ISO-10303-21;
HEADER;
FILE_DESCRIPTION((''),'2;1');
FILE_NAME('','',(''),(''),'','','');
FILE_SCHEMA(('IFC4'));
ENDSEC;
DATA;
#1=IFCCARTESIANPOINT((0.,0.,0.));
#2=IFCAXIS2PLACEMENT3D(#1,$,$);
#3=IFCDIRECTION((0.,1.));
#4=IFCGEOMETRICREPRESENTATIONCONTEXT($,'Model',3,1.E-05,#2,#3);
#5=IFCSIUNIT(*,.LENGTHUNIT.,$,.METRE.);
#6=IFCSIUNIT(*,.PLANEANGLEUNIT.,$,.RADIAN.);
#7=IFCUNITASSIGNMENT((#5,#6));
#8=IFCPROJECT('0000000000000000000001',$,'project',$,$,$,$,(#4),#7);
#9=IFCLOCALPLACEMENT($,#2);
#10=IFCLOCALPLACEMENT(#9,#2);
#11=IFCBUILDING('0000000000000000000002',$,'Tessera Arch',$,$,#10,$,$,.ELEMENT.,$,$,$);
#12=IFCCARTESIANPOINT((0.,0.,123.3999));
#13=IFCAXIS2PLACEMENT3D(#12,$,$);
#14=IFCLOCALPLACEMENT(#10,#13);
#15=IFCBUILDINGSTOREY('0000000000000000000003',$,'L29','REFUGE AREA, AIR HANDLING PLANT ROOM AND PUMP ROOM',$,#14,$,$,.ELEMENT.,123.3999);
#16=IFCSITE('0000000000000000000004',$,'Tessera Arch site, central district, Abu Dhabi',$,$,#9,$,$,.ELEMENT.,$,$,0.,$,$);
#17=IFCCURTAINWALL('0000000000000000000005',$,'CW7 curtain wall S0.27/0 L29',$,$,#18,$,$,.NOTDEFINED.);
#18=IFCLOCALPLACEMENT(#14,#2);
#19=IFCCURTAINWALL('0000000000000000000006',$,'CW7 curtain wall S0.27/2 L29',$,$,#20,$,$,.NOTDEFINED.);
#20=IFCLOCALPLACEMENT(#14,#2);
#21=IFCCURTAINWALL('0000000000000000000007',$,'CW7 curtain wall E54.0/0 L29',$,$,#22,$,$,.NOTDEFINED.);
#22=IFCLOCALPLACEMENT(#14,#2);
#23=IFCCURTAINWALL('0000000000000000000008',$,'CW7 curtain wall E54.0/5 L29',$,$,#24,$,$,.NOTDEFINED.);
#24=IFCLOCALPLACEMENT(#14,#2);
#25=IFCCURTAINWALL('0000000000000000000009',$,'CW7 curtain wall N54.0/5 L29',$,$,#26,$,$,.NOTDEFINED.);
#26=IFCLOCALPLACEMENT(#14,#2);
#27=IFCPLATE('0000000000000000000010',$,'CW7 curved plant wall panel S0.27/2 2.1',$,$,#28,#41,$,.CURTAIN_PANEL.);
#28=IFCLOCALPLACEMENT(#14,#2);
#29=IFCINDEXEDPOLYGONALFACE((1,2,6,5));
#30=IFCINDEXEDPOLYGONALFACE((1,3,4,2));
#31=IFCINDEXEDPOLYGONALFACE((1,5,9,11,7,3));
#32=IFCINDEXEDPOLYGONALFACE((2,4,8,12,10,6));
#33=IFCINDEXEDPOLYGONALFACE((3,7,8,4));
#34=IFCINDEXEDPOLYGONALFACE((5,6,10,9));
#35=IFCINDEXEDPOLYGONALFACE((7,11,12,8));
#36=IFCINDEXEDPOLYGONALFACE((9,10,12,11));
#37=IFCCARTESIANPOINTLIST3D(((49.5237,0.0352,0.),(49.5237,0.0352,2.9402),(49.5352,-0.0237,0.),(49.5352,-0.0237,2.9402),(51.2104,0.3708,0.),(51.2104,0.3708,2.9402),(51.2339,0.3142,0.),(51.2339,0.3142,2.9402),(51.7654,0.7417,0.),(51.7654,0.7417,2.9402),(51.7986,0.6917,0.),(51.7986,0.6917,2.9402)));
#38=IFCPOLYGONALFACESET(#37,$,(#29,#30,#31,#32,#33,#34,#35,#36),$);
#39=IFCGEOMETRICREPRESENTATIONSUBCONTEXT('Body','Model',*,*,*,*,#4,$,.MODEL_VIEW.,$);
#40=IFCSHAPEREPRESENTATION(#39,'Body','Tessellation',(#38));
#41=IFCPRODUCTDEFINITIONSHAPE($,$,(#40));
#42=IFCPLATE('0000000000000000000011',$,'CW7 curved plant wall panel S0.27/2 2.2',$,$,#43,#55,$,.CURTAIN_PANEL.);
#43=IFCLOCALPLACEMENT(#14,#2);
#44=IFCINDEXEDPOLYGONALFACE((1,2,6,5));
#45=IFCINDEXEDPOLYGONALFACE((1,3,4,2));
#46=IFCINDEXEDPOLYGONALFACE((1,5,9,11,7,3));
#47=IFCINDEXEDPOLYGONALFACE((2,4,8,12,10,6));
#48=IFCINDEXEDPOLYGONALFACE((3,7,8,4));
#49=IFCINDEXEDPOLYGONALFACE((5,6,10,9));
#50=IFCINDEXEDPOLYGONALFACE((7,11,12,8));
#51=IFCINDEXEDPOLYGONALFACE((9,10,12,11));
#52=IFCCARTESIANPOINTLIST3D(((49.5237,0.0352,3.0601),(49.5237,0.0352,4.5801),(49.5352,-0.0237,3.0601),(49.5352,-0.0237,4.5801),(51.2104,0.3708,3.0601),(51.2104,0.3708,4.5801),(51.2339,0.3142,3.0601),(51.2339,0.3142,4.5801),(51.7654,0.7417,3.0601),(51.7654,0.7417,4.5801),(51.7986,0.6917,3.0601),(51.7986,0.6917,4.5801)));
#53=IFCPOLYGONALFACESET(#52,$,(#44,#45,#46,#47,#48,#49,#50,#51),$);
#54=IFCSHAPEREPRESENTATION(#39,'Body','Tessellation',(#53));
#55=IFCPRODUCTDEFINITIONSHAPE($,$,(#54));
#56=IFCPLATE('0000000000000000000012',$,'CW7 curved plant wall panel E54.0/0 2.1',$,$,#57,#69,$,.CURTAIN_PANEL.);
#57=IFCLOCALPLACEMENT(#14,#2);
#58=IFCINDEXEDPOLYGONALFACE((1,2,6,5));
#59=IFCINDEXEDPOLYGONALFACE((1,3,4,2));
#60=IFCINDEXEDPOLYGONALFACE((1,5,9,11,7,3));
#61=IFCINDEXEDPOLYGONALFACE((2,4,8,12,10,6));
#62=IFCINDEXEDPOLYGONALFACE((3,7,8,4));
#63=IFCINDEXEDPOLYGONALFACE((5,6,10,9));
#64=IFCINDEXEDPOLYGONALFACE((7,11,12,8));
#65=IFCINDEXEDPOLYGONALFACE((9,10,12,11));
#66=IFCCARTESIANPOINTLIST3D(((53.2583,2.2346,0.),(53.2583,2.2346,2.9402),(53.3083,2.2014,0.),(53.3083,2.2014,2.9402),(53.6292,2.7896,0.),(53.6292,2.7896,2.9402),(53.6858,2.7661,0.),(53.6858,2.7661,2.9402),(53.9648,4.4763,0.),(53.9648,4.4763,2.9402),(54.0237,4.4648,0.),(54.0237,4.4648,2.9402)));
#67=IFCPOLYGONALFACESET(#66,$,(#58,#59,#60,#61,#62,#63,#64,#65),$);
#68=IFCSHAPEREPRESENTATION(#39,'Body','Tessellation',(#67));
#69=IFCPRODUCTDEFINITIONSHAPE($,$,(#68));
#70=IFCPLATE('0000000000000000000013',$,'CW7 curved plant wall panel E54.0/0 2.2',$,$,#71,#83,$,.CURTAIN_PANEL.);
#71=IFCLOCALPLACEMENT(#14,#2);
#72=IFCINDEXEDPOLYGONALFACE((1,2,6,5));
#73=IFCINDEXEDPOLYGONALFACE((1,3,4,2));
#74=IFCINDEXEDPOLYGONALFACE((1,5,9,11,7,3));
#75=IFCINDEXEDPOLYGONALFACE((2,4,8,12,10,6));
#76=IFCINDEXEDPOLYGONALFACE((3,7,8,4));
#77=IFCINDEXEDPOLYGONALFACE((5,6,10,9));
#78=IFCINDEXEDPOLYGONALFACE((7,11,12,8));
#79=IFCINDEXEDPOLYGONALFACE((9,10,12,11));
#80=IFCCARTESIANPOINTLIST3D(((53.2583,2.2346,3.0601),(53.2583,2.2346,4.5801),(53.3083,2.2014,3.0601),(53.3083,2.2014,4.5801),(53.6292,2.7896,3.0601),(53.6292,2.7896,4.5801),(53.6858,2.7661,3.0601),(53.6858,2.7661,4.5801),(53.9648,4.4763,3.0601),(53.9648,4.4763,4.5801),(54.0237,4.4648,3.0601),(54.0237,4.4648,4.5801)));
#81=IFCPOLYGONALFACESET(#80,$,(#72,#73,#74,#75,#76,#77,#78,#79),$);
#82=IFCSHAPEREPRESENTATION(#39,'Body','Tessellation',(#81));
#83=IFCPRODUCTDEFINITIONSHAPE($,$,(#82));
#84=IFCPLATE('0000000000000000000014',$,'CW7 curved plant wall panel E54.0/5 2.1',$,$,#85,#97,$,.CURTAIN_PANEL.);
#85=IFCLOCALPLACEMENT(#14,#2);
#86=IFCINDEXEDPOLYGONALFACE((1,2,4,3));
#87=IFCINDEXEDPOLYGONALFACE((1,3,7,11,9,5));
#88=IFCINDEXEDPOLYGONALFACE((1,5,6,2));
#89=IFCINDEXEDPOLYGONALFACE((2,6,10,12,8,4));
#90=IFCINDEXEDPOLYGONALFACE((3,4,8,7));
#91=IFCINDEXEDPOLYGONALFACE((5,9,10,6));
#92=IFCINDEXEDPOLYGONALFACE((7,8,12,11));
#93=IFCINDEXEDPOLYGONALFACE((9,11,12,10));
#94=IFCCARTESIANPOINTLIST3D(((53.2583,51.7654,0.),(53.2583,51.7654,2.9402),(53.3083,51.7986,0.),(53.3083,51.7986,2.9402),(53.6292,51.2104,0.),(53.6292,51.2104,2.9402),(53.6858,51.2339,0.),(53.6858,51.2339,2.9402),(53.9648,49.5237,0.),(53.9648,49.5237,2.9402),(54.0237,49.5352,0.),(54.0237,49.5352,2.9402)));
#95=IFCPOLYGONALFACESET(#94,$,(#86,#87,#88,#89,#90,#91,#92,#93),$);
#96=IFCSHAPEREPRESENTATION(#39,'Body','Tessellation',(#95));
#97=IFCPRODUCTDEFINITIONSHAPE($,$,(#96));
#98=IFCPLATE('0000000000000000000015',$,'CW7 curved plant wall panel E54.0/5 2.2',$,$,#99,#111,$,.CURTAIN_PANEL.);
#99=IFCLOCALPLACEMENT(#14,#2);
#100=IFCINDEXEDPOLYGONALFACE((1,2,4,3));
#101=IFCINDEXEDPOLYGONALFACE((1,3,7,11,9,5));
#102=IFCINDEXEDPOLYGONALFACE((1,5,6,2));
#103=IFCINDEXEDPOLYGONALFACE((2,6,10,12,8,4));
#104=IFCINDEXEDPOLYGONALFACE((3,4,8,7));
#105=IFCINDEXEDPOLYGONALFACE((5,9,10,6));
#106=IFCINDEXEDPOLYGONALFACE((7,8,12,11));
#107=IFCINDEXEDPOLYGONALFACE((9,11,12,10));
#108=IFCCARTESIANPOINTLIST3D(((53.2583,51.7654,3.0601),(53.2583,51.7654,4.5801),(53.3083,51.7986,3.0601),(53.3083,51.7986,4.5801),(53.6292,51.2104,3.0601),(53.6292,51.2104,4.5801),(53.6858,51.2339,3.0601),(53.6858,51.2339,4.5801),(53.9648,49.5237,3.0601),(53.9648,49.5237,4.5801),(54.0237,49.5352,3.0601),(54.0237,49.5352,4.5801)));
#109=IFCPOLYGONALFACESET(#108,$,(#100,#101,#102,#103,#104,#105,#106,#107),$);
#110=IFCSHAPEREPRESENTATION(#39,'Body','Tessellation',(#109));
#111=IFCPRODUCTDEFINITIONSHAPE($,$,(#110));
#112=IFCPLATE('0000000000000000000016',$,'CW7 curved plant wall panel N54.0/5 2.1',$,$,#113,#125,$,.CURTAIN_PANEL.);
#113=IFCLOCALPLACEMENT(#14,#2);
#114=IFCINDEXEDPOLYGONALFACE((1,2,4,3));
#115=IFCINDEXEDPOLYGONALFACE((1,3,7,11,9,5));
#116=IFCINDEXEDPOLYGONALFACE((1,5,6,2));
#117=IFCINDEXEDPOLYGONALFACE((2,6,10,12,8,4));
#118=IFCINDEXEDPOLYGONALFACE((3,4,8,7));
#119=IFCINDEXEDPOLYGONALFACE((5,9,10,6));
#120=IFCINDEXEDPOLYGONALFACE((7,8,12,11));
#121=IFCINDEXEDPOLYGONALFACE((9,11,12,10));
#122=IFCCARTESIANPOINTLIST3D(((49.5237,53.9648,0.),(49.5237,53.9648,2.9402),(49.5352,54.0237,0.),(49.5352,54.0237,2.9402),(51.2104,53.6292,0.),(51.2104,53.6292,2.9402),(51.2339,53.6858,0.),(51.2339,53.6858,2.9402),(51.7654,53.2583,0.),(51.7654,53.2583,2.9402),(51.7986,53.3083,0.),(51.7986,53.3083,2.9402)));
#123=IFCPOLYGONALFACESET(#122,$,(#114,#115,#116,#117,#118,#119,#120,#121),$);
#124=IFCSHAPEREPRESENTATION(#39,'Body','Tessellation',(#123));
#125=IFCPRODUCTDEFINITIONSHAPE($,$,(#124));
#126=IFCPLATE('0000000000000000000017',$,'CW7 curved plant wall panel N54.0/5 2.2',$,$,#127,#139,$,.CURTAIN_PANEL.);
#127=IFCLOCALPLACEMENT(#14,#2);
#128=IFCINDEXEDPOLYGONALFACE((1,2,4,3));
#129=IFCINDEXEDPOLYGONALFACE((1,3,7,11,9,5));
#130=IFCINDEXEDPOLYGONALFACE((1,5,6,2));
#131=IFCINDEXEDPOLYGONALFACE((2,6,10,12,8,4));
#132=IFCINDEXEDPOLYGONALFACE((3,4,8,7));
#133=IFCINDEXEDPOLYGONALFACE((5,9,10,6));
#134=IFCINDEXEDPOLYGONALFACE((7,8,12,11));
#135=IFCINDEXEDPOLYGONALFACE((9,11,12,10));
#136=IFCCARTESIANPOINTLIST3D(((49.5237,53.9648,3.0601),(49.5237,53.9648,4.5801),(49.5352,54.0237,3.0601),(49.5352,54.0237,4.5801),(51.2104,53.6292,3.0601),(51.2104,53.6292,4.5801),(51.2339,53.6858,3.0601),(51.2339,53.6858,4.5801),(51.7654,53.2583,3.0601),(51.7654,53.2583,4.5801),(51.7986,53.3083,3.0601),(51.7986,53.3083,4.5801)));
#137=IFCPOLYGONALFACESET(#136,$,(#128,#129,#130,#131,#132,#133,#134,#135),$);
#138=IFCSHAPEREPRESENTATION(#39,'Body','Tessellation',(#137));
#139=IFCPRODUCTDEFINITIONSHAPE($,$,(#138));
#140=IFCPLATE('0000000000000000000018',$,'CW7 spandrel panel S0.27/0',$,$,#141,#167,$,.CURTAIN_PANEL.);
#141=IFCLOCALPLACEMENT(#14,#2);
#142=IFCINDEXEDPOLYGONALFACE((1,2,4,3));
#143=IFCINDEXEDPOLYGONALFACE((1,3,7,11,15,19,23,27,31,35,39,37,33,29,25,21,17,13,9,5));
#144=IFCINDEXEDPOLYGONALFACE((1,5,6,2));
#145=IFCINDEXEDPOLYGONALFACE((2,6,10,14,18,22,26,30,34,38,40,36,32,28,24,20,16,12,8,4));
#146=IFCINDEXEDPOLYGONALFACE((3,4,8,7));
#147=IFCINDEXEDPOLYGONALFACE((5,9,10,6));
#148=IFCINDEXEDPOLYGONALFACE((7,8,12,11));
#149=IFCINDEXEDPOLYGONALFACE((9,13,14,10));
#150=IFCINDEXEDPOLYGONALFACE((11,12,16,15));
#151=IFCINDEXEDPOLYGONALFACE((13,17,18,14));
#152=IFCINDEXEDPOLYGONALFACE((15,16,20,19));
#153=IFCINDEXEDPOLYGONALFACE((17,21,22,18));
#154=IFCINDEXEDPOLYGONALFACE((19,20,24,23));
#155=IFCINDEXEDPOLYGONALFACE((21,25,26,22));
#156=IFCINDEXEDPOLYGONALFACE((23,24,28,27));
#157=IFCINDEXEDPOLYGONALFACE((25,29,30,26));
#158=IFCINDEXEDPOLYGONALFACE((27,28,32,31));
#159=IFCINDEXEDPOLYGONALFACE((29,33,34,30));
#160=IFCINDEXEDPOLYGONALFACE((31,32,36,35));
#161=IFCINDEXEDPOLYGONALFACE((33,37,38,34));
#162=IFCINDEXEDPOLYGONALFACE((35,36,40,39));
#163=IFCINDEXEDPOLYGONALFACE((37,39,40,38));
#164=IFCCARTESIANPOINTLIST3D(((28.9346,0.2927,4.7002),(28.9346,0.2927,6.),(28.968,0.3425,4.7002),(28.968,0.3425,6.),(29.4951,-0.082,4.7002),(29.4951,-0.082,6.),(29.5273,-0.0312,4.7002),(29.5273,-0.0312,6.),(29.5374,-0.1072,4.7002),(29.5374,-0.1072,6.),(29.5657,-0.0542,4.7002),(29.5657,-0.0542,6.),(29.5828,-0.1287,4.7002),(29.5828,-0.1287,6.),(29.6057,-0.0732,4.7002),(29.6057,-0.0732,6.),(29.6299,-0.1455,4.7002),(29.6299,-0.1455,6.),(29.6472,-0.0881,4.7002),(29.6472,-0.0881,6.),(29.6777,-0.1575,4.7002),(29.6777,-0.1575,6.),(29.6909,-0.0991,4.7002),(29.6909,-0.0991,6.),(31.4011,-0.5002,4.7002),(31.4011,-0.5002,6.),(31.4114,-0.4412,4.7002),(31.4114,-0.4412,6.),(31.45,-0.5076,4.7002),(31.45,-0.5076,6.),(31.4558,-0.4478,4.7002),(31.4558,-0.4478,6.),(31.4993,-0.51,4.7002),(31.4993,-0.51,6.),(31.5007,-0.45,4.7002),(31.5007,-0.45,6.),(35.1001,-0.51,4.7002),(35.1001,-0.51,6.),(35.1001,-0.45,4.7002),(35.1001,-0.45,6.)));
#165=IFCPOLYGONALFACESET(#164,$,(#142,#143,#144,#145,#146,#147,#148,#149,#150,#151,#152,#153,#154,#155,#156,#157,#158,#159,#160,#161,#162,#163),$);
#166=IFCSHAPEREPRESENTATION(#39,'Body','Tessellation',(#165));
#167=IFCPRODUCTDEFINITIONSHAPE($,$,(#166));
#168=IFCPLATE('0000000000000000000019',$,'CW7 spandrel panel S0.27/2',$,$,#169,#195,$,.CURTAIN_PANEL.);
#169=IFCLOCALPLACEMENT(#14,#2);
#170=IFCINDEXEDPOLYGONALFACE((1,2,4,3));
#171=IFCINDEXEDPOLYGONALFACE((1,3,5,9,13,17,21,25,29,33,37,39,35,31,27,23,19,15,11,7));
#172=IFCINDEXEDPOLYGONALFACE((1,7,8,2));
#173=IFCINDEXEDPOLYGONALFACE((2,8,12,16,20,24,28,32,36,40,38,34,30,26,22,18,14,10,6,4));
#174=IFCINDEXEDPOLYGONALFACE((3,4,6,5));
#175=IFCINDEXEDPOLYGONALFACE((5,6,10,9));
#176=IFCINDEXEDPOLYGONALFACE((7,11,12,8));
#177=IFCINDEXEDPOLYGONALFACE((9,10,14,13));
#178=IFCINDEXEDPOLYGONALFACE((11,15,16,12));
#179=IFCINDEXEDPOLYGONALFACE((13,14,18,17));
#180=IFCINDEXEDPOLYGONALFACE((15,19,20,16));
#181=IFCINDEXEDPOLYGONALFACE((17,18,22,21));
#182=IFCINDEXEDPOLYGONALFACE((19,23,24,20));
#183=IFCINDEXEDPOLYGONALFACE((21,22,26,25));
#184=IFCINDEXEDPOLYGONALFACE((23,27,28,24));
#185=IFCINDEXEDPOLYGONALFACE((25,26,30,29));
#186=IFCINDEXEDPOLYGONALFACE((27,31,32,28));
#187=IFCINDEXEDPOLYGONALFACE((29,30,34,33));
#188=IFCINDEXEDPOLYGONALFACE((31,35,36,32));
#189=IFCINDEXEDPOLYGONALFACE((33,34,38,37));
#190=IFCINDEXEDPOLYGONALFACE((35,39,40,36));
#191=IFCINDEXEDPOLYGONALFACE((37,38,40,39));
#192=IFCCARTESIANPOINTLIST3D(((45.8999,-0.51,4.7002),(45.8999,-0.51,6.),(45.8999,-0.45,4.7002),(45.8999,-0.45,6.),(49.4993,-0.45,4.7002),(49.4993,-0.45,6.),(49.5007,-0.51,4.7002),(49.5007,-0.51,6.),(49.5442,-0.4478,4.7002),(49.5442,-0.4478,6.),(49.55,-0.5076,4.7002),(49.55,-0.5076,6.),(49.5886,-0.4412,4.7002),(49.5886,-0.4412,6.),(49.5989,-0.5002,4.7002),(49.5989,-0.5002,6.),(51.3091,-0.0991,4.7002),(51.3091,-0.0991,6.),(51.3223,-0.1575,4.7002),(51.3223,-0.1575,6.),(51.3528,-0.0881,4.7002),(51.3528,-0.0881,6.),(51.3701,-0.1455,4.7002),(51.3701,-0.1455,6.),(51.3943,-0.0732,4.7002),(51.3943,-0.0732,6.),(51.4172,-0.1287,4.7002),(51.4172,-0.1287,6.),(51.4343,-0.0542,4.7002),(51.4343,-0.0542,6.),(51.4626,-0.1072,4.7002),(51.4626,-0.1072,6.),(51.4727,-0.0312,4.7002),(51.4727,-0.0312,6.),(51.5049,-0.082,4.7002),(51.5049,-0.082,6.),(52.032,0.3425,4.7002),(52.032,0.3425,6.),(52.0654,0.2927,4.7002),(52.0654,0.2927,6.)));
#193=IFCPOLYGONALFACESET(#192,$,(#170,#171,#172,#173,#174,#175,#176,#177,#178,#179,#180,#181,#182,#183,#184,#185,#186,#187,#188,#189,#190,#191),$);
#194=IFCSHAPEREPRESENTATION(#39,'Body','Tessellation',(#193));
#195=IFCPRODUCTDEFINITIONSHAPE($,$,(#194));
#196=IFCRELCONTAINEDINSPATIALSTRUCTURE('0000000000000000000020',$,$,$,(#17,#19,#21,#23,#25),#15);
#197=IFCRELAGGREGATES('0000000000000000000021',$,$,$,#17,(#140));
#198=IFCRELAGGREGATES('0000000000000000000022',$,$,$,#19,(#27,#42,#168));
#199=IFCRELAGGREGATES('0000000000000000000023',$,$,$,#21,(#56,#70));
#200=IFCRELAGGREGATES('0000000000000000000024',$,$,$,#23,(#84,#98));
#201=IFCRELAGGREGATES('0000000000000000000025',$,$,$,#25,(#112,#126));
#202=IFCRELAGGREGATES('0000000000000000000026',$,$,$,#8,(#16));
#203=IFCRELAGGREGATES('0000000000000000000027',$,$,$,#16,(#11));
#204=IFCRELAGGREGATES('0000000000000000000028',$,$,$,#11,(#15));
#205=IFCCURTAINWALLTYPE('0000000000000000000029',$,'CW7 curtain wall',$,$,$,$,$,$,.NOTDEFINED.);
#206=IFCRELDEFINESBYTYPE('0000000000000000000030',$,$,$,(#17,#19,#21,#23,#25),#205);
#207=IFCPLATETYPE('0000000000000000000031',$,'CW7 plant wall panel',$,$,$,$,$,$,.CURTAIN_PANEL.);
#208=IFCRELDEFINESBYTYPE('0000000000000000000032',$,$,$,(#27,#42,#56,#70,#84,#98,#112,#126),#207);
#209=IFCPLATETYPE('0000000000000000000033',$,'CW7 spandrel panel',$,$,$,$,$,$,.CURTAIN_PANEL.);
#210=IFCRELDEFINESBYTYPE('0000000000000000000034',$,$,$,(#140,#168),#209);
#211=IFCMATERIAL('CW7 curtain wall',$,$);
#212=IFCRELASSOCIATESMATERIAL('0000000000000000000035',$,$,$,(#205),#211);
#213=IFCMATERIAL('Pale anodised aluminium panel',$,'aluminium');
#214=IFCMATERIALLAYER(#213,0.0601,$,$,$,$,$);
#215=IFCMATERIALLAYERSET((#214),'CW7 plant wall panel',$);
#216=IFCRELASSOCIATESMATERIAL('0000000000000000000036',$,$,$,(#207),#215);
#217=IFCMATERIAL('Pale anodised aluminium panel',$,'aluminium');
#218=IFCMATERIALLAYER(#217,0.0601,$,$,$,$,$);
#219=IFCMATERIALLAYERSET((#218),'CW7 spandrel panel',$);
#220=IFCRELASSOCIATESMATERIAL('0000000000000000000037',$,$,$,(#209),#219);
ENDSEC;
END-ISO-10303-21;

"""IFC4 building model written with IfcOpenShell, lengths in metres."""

from ifc_helpers import new_model, si_unit, direction, frame, origin, place, context, subcontext, project, spatial, polyline, outline, extrude, material, layer, layer_set, type_object, element, aggregate, save


model = new_model("IFC4")

# Units and contexts
model_context = context("Model", 3, precision=1e-05, world=origin(), true_north=direction((0.0, 1.0)))
body_context = subcontext(model_context, "Body", "Model", "MODEL_VIEW")
ifc_project = project(units=[si_unit("LENGTHUNIT", "METRE"), si_unit("PLANEANGLEUNIT", "RADIAN")], contexts=[model_context])

# Site, building, storey
site_placement = place(None, origin())
site = spatial("IfcSite", under=ifc_project, at=site_placement, Name="Tessera Arch site, central district, Abu Dhabi", CompositionType="ELEMENT", RefElevation=0.0)
building_placement = place(site_placement, origin())
building = spatial("IfcBuilding", under=site, at=building_placement, Name="Tessera Arch", CompositionType="ELEMENT")
storey_placement = place(building_placement, frame((0.0, 0.0, 123.3999)))
storey = spatial("IfcBuildingStorey", under=building, at=storey_placement, Name="L29", Description="REFUGE AREA, AIR HANDLING PLANT ROOM AND PUMP ROOM", CompositionType="ELEMENT", Elevation=123.3999)

# Curtain wall
ifc_material_1 = material(Name="CW7 curtain wall")
curtain_wall_type = type_object("IfcCurtainWallType", Name="CW7 curtain wall", PredefinedType="NOTDEFINED", material=ifc_material_1)
curtain_wall_1_placement = place(storey_placement, origin())
curtain_wall_1 = element("IfcCurtainWall", 1, at=curtain_wall_1_placement, inside=storey, type_object=curtain_wall_type, Name="CW7 curtain wall S0.27/0 L29", PredefinedType="NOTDEFINED")

# Curtain walls
curtain_wall_2_placement = place(storey_placement, origin())
curtain_wall_2 = element("IfcCurtainWall", 2, at=curtain_wall_2_placement, inside=storey, type_object=curtain_wall_type, Name="CW7 curtain wall S0.27/2 L29", PredefinedType="NOTDEFINED")
curtain_wall_3_placement = place(storey_placement, origin())
curtain_wall_3 = element("IfcCurtainWall", 3, at=curtain_wall_3_placement, inside=storey, type_object=curtain_wall_type, Name="CW7 curtain wall E54.0/0 L29", PredefinedType="NOTDEFINED")
curtain_wall_4_placement = place(storey_placement, origin())
curtain_wall_4 = element("IfcCurtainWall", 4, at=curtain_wall_4_placement, inside=storey, type_object=curtain_wall_type, Name="CW7 curtain wall E54.0/5 L29", PredefinedType="NOTDEFINED")
curtain_wall_5_placement = place(storey_placement, origin())
curtain_wall_5 = element("IfcCurtainWall", 5, at=curtain_wall_5_placement, inside=storey, type_object=curtain_wall_type, Name="CW7 curtain wall N54.0/5 L29", PredefinedType="NOTDEFINED")

# Plates
ifc_material_2 = material(Name="Pale anodised aluminium panel", Category="aluminium")
ifc_layer_1 = layer(ifc_material_2, 0.0601)
ifc_layer_set_1 = layer_set([ifc_layer_1], Name="CW7 plant wall panel")
plate_type_1 = type_object("IfcPlateType", Name="CW7 plant wall panel", PredefinedType="CURTAIN_PANEL", material=ifc_layer_set_1)
plate_1_placement = place(storey_placement, origin())
plate_1 = element("IfcPlate", 6, at=plate_1_placement, type_object=plate_type_1, Name="CW7 curved plant wall panel S0.27/2 2.1", PredefinedType="CURTAIN_PANEL", context=body_context, shape_type="SweptSolid", body=[
    extrude(outline(polyline([(51.2104, 0.3708), (49.5237, 0.0352), (49.5352, -0.0237), (51.2339, 0.3142), (51.7986, 0.6917), (51.7654, 0.7417), (51.2104, 0.3708)])), origin(), (0.0, 0.0, 1.0), 2.9402),
])
plate_2_placement = place(storey_placement, frame((0.0, 0.0, 3.0601)))
plate_2 = element("IfcPlate", 7, at=plate_2_placement, type_object=plate_type_1, Name="CW7 curved plant wall panel S0.27/2 2.2", PredefinedType="CURTAIN_PANEL", context=body_context, shape_type="SweptSolid", body=[
    extrude(outline(polyline([(51.2104, 0.3708), (49.5237, 0.0352), (49.5352, -0.0237), (51.2339, 0.3142), (51.7986, 0.6917), (51.7654, 0.7417), (51.2104, 0.3708)])), origin(), (0.0, 0.0, 1.0), 1.52),
])
plate_3_placement = place(storey_placement, origin())
plate_3 = element("IfcPlate", 8, at=plate_3_placement, type_object=plate_type_1, Name="CW7 curved plant wall panel E54.0/0 2.1", PredefinedType="CURTAIN_PANEL", context=body_context, shape_type="SweptSolid", body=[
    extrude(outline(polyline([(53.6292, 2.7896), (53.2583, 2.2346), (53.3083, 2.2014), (53.6858, 2.7661), (54.0237, 4.4648), (53.9648, 4.4763), (53.6292, 2.7896)])), origin(), (0.0, 0.0, 1.0), 2.9402),
])
plate_4_placement = place(storey_placement, frame((0.0, 0.0, 3.0601)))
plate_4 = element("IfcPlate", 9, at=plate_4_placement, type_object=plate_type_1, Name="CW7 curved plant wall panel E54.0/0 2.2", PredefinedType="CURTAIN_PANEL", context=body_context, shape_type="SweptSolid", body=[
    extrude(outline(polyline([(53.6292, 2.7896), (53.2583, 2.2346), (53.3083, 2.2014), (53.6858, 2.7661), (54.0237, 4.4648), (53.9648, 4.4763), (53.6292, 2.7896)])), origin(), (0.0, 0.0, 1.0), 1.52),
])
plate_5_placement = place(storey_placement, origin())
plate_5 = element("IfcPlate", 10, at=plate_5_placement, type_object=plate_type_1, Name="CW7 curved plant wall panel E54.0/5 2.1", PredefinedType="CURTAIN_PANEL", context=body_context, shape_type="SweptSolid", body=[
    extrude(outline(polyline([(53.6292, 51.2104), (53.9648, 49.5237), (54.0237, 49.5352), (53.6858, 51.2339), (53.3083, 51.7986), (53.2583, 51.7654), (53.6292, 51.2104)])), origin(), (0.0, 0.0, 1.0), 2.9402),
])
plate_6_placement = place(storey_placement, frame((0.0, 0.0, 3.0601)))
plate_6 = element("IfcPlate", 11, at=plate_6_placement, type_object=plate_type_1, Name="CW7 curved plant wall panel E54.0/5 2.2", PredefinedType="CURTAIN_PANEL", context=body_context, shape_type="SweptSolid", body=[
    extrude(outline(polyline([(53.6292, 51.2104), (53.9648, 49.5237), (54.0237, 49.5352), (53.6858, 51.2339), (53.3083, 51.7986), (53.2583, 51.7654), (53.6292, 51.2104)])), origin(), (0.0, 0.0, 1.0), 1.52),
])
plate_7_placement = place(storey_placement, origin())
plate_7 = element("IfcPlate", 12, at=plate_7_placement, type_object=plate_type_1, Name="CW7 curved plant wall panel N54.0/5 2.1", PredefinedType="CURTAIN_PANEL", context=body_context, shape_type="SweptSolid", body=[
    extrude(outline(polyline([(51.2104, 53.6292), (51.7654, 53.2583), (51.7986, 53.3083), (51.2339, 53.6858), (49.5352, 54.0237), (49.5237, 53.9648), (51.2104, 53.6292)])), origin(), (0.0, 0.0, 1.0), 2.9402),
])
plate_8_placement = place(storey_placement, frame((0.0, 0.0, 3.0601)))
plate_8 = element("IfcPlate", 13, at=plate_8_placement, type_object=plate_type_1, Name="CW7 curved plant wall panel N54.0/5 2.2", PredefinedType="CURTAIN_PANEL", context=body_context, shape_type="SweptSolid", body=[
    extrude(outline(polyline([(51.2104, 53.6292), (51.7654, 53.2583), (51.7986, 53.3083), (51.2339, 53.6858), (49.5352, 54.0237), (49.5237, 53.9648), (51.2104, 53.6292)])), origin(), (0.0, 0.0, 1.0), 1.52),
])
ifc_material_3 = material(Name="Pale anodised aluminium panel", Category="aluminium")
ifc_layer_2 = layer(ifc_material_3, 0.0601)
ifc_layer_set_2 = layer_set([ifc_layer_2], Name="CW7 spandrel panel")
plate_type_2 = type_object("IfcPlateType", Name="CW7 spandrel panel", PredefinedType="CURTAIN_PANEL", material=ifc_layer_set_2)
plate_9_placement = place(storey_placement, frame((0.0, 0.0, 4.7002)))
plate_9 = element("IfcPlate", 14, at=plate_9_placement, type_object=plate_type_2, Name="CW7 spandrel panel S0.27/0", PredefinedType="CURTAIN_PANEL", context=body_context, shape_type="SweptSolid", body=[
    extrude(outline(polyline([(29.5273, -0.0312), (28.968, 0.3425), (28.9346, 0.2927), (29.4951, -0.082), (29.5374, -0.1072), (29.5828, -0.1287), (29.6299, -0.1455), (29.6777, -0.1575), (31.4011, -0.5002), (31.45, -0.5076), (31.4993, -0.51), (35.1001, -0.51), (35.1001, -0.45), (31.5007, -0.45), (31.4558, -0.4478), (31.4114, -0.4412), (29.6909, -0.0991), (29.6472, -0.0881), (29.6057, -0.0732), (29.5657, -0.0542), (29.5273, -0.0312)])), origin(), (0.0, 0.0, 1.0), 1.2998),
])
aggregate(curtain_wall_1, [plate_9])
plate_10_placement = place(storey_placement, frame((0.0, 0.0, 4.7002)))
plate_10 = element("IfcPlate", 15, at=plate_10_placement, type_object=plate_type_2, Name="CW7 spandrel panel S0.27/2", PredefinedType="CURTAIN_PANEL", context=body_context, shape_type="SweptSolid", body=[
    extrude(outline(polyline([(49.4993, -0.45), (45.8999, -0.45), (45.8999, -0.51), (49.5007, -0.51), (49.55, -0.5076), (49.5989, -0.5002), (51.3223, -0.1575), (51.3701, -0.1455), (51.4172, -0.1287), (51.4626, -0.1072), (51.5049, -0.082), (52.0654, 0.2927), (52.032, 0.3425), (51.4727, -0.0312), (51.4343, -0.0542), (51.3943, -0.0732), (51.3528, -0.0881), (51.3091, -0.0991), (49.5886, -0.4412), (49.5442, -0.4478), (49.4993, -0.45)])), origin(), (0.0, 0.0, 1.0), 1.2998),
])
aggregate(curtain_wall_2, [plate_1, plate_2, plate_10])
aggregate(curtain_wall_3, [plate_3, plate_4])
aggregate(curtain_wall_4, [plate_5, plate_6])
aggregate(curtain_wall_5, [plate_7, plate_8])

save(model, "model.ifc")
